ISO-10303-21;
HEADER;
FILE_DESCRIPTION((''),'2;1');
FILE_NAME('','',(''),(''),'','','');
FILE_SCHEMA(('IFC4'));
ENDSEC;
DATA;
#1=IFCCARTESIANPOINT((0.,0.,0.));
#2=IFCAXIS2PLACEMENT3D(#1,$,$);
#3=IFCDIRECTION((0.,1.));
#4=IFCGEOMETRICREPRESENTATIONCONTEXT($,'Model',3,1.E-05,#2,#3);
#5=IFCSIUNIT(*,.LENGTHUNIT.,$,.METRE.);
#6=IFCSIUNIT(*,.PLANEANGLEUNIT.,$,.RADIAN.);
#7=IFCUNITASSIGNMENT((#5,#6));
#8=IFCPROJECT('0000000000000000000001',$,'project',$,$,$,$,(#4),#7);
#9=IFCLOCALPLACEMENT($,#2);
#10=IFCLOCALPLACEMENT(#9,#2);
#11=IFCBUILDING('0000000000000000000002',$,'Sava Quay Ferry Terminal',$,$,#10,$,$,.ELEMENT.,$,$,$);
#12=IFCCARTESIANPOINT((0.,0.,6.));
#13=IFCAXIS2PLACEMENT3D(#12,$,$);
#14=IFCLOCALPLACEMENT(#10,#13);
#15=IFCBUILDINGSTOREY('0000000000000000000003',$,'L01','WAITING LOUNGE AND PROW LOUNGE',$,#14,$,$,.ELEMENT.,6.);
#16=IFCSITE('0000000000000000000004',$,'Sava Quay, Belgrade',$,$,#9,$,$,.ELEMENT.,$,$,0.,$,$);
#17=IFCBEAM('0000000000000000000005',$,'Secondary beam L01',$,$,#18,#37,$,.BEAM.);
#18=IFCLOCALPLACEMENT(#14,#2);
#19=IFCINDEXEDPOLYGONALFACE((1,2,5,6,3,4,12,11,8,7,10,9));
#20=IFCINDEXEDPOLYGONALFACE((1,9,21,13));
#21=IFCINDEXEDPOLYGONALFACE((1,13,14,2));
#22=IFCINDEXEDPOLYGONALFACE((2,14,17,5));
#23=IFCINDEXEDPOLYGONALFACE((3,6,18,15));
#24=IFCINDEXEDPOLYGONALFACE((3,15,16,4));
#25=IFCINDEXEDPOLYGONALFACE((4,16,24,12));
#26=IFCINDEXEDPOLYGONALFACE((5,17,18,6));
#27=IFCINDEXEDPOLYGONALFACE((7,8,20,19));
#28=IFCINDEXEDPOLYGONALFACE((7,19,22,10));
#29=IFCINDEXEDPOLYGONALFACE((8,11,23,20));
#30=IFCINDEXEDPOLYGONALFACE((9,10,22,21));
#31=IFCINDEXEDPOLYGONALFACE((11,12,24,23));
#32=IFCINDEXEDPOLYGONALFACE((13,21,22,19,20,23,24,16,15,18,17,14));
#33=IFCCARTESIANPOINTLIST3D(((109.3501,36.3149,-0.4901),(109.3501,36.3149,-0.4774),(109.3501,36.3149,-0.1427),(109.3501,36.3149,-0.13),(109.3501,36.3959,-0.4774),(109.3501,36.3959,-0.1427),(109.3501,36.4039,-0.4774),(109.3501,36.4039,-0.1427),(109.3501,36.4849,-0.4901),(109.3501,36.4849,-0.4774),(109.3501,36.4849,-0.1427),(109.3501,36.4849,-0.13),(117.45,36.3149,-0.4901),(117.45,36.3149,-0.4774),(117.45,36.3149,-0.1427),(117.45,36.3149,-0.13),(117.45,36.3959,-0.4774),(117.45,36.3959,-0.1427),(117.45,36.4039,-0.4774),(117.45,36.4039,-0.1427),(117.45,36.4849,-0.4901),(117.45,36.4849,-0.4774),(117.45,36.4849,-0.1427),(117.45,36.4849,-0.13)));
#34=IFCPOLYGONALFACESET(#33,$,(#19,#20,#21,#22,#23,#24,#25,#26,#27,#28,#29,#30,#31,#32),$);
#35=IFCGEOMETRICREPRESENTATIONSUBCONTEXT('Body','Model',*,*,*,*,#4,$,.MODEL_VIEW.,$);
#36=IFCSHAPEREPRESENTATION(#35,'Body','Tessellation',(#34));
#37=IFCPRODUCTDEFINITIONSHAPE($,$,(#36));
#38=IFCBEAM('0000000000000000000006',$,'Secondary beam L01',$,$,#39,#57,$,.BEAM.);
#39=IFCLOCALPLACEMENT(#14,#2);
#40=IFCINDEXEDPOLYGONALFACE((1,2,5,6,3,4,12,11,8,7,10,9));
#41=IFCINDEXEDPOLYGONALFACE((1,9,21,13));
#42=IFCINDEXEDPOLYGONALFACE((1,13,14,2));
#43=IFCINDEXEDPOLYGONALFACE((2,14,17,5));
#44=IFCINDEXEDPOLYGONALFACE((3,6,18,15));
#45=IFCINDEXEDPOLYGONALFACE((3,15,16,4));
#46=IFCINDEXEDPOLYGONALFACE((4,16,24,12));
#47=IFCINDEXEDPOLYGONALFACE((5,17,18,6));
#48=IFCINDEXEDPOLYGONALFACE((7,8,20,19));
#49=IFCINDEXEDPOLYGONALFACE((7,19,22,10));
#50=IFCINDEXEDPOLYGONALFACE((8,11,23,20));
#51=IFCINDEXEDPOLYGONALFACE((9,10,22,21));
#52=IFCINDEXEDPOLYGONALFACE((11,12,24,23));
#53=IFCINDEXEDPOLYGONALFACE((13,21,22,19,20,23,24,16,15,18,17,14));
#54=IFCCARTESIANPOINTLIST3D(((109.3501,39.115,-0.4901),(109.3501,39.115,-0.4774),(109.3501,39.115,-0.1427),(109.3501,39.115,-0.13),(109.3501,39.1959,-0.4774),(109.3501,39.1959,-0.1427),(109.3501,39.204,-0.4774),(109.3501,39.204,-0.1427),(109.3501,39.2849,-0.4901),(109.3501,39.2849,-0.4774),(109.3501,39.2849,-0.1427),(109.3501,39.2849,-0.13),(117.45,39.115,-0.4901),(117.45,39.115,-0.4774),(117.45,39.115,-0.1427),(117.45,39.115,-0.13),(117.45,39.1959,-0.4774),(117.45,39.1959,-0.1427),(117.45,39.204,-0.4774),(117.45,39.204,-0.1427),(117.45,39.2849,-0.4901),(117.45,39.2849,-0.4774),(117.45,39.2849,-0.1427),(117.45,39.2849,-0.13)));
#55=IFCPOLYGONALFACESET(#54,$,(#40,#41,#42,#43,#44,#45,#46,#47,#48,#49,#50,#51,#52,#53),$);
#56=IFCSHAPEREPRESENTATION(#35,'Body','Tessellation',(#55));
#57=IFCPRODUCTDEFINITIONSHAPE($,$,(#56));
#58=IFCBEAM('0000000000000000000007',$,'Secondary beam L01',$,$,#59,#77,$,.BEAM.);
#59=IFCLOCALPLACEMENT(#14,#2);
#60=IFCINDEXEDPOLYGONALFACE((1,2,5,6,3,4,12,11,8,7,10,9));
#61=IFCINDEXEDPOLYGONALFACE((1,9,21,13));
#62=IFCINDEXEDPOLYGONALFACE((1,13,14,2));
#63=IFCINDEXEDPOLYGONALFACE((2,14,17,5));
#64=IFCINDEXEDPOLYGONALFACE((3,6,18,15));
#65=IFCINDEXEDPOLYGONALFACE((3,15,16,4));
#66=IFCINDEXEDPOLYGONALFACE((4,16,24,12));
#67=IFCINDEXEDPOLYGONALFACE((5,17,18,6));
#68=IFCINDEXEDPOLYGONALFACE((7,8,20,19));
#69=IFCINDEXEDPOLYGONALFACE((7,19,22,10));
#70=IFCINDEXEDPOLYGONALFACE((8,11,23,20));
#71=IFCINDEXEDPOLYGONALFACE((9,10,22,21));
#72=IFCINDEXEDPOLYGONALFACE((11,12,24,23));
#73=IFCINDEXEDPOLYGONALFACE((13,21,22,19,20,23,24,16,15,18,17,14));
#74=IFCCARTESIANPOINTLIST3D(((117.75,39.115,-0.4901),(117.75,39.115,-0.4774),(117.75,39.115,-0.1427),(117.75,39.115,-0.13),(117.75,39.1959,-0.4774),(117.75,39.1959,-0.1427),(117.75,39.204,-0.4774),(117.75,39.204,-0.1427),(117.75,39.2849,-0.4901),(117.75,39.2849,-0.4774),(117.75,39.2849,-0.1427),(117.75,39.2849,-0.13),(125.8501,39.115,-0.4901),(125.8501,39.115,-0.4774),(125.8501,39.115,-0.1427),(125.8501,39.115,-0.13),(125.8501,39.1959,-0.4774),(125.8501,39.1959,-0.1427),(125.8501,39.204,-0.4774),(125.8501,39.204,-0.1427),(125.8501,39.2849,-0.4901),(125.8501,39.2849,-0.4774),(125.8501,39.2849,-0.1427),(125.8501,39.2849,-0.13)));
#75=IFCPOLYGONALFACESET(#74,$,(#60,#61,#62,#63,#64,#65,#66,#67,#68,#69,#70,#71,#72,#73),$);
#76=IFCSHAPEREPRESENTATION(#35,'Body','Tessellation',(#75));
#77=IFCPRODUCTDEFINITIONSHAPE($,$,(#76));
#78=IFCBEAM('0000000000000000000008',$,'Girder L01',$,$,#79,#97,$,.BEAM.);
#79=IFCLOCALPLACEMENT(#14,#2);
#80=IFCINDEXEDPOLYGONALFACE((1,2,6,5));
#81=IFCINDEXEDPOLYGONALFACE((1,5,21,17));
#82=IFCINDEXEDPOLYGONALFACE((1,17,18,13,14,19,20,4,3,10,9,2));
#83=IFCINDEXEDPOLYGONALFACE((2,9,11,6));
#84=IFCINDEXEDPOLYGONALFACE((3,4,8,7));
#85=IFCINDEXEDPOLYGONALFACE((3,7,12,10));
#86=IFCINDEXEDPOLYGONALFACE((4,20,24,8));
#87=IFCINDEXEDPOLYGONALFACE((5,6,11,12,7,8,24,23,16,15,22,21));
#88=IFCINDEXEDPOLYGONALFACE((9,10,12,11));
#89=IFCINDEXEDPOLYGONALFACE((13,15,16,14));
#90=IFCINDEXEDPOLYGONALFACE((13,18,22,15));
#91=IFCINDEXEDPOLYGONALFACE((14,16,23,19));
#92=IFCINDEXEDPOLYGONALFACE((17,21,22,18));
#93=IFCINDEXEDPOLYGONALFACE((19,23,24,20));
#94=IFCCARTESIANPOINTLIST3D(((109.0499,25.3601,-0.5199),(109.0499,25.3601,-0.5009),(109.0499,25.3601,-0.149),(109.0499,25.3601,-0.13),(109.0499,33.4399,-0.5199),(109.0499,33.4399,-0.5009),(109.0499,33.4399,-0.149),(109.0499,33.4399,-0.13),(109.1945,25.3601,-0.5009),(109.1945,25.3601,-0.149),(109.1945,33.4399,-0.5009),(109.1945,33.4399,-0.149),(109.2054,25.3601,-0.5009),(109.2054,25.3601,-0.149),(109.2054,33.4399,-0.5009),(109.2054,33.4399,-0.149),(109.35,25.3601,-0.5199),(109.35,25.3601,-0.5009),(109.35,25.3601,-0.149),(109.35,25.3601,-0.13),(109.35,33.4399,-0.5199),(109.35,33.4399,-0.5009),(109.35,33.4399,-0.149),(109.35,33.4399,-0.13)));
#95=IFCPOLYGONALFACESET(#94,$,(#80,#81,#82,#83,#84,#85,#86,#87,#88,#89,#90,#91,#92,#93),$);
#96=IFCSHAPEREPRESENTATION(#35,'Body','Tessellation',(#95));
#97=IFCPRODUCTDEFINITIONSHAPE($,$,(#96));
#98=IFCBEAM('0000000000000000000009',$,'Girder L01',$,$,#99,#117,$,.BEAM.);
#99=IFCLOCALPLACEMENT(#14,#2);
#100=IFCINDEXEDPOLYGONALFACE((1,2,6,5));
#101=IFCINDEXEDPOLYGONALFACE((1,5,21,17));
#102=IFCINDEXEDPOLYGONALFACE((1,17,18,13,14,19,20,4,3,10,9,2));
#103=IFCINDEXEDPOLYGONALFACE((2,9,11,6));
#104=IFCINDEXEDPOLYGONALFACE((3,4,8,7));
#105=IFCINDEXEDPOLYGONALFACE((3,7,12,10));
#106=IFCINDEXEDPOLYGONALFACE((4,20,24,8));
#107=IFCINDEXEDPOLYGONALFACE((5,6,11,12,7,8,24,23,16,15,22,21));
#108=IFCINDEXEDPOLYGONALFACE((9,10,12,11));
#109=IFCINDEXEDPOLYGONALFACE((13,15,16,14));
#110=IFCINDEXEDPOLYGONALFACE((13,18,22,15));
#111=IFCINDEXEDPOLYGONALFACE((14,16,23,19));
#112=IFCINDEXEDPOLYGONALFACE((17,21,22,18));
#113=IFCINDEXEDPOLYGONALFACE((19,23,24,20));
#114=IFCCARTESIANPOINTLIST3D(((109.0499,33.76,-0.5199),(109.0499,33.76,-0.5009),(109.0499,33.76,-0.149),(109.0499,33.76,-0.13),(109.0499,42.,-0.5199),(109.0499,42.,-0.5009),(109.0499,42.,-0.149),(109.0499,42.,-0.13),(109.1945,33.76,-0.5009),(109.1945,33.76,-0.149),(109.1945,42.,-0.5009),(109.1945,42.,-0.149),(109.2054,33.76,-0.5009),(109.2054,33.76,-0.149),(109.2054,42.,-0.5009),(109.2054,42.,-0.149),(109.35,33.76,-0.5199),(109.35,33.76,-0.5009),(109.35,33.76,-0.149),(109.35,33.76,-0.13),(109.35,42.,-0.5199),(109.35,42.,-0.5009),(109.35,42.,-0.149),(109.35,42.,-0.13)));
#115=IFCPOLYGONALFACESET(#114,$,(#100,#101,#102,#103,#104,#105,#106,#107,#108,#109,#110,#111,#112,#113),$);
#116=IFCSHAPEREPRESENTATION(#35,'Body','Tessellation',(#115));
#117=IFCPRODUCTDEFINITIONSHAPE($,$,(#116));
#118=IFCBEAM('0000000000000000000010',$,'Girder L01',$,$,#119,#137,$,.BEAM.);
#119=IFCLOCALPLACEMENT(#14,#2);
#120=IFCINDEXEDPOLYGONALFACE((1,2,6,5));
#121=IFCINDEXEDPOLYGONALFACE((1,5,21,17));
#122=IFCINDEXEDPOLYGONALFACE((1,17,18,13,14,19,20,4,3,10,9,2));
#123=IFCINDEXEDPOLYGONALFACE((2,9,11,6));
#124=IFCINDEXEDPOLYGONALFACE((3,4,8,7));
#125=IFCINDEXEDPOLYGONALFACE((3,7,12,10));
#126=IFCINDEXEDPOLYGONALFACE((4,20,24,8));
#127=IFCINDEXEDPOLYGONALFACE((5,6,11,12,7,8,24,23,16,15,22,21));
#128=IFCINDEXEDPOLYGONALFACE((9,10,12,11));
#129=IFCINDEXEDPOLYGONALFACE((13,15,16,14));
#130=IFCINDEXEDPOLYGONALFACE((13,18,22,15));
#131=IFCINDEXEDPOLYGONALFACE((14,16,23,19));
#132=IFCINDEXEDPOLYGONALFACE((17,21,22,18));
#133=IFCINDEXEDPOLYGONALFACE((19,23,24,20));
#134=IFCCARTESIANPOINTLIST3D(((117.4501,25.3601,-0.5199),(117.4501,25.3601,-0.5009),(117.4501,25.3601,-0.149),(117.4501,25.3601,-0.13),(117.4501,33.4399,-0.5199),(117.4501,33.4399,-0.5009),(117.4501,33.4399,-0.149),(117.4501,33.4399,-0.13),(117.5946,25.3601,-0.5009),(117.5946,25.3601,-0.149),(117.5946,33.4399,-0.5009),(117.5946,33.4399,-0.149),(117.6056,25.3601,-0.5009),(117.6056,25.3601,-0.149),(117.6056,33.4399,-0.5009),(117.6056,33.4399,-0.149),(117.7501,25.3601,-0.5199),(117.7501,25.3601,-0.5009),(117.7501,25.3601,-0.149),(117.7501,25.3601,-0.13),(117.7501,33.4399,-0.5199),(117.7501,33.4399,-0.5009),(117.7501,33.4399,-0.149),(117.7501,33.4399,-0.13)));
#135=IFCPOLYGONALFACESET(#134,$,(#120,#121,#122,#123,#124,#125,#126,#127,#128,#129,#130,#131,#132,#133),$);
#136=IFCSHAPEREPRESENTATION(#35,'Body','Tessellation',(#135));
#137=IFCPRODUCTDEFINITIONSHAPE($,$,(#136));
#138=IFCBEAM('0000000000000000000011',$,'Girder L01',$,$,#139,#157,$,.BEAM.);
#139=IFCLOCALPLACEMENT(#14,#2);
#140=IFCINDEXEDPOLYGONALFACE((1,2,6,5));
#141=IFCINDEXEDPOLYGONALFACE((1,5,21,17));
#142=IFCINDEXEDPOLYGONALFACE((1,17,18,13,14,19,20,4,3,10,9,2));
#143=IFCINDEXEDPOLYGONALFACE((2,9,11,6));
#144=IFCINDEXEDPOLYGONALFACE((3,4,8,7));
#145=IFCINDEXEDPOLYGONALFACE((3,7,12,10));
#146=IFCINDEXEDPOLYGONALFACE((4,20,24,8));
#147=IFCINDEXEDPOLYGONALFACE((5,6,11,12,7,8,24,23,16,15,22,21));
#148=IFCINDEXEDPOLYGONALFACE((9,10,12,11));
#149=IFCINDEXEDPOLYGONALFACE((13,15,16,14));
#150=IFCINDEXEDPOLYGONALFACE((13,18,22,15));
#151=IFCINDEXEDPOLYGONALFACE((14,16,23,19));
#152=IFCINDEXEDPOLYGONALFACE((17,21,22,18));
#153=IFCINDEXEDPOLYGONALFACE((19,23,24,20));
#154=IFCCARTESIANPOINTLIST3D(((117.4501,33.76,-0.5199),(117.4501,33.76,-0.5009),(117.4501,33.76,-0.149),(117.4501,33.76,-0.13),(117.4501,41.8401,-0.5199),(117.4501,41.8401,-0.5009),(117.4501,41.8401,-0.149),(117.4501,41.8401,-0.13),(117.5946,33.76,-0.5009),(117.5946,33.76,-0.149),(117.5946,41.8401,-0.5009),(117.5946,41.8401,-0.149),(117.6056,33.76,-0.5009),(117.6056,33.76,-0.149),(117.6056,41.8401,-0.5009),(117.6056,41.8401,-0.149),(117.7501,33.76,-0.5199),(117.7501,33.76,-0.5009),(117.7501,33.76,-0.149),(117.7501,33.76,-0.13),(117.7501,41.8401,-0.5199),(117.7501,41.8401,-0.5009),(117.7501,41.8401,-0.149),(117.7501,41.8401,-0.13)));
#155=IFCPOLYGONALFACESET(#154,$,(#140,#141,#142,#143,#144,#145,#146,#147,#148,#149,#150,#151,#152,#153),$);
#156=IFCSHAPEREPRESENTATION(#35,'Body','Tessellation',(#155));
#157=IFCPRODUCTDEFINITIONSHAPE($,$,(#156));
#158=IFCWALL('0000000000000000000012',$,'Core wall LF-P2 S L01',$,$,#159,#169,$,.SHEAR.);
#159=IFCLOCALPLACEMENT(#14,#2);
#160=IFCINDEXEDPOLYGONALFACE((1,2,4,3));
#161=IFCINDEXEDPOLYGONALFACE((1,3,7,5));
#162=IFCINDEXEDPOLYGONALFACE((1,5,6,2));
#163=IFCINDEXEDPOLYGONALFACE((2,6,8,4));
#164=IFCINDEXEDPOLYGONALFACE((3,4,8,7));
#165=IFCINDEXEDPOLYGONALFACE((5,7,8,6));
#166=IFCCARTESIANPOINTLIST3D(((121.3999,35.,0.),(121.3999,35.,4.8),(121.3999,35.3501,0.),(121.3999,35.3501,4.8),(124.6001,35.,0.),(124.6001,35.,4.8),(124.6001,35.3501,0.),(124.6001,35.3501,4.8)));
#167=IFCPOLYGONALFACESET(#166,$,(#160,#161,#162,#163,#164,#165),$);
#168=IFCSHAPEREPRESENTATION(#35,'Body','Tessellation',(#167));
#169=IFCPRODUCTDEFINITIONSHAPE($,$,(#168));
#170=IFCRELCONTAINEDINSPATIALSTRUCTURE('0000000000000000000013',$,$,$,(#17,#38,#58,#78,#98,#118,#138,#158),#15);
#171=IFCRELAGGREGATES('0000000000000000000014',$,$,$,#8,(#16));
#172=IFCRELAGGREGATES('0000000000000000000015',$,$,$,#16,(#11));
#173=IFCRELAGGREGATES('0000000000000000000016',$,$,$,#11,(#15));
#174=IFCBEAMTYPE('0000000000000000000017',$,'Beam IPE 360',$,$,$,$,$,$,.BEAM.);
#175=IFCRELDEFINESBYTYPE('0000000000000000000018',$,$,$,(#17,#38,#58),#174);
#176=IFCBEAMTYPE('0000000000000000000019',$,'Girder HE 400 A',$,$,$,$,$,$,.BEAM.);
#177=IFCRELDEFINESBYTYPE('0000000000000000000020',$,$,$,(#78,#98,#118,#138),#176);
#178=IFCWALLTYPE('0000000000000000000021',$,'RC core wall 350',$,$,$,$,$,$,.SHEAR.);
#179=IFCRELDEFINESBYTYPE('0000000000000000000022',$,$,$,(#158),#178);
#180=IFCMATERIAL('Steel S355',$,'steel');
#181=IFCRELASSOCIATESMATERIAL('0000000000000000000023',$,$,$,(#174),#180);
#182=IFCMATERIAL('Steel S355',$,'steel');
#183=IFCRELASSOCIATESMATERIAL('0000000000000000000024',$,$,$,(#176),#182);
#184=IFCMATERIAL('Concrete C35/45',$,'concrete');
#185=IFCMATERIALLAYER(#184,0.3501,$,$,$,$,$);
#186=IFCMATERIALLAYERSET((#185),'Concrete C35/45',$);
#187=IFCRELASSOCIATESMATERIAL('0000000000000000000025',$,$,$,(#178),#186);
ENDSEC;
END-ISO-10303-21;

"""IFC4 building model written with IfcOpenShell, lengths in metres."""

from ifc_helpers import new_model, si_unit, direction, frame, frame_2d, origin, origin_2d, place, context, subcontext, project, spatial, rectangle, i_section, extrude, material, layer, layer_set, material_profile, profile_set, type_object, element, save


model = new_model("IFC4")

# Units and contexts
model_context = context("Model", 3, precision=1e-05, world=origin(), true_north=direction((0.0, 1.0)))
body_context = subcontext(model_context, "Body", "Model", "MODEL_VIEW")
ifc_project = project(units=[si_unit("LENGTHUNIT", "METRE"), si_unit("PLANEANGLEUNIT", "RADIAN")], contexts=[model_context])

# Site, building, storey
site_placement = place(None, origin())
site = spatial("IfcSite", under=ifc_project, at=site_placement, Name="Sava Quay, Belgrade", CompositionType="ELEMENT", RefElevation=0.0)
building_placement = place(site_placement, origin())
building = spatial("IfcBuilding", under=site, at=building_placement, Name="Sava Quay Ferry Terminal", CompositionType="ELEMENT")
storey_placement = place(building_placement, frame((0.0, 0.0, 6.0)))
storey = spatial("IfcBuildingStorey", under=building, at=storey_placement, Name="L01", Description="WAITING LOUNGE AND PROW LOUNGE", CompositionType="ELEMENT", Elevation=6.0)

# Beams
ifc_material_1 = material(Name="Steel S355", Category="steel")
ifc_material_profile_1 = material_profile(ifc_material_1, i_section(OverallWidth=0.1699, OverallDepth=0.3601, WebThickness=0.0081, FlangeThickness=0.0127, at=origin_2d()), Name="IPE 360")
ifc_profile_set_1 = profile_set([ifc_material_profile_1], Name="Steel S355")
beam_type_1 = type_object("IfcBeamType", Name="Beam IPE 360", PredefinedType="BEAM", material=ifc_profile_set_1)
for number, where, z_axis, x_axis, name in (
    (1, (109.3501, 36.3999, -0.3101), (1.0, 0.0, 0.0), (0.0, 1.0, 0.0), "Secondary beam L01"),
    (2, (109.3501, 39.2, -0.3101), (1.0, 0.0, 0.0), (0.0, 1.0, 0.0), "Secondary beam L01"),
):
    element("IfcBeam", number, at=place(storey_placement, frame(where, z_axis=z_axis, x_axis=x_axis)), inside=storey, type_object=beam_type_1, Name=name, PredefinedType="BEAM", context=body_context, shape_type="SweptSolid", body=[
        extrude(i_section(OverallWidth=0.1699, OverallDepth=0.3601, WebThickness=0.0081, FlangeThickness=0.0127, at=origin_2d()), origin(), (0.0, 0.0, 1.0), 8.0999),
    ])
beam_1_placement = place(storey_placement, frame((117.75, 39.2, -0.3101), z_axis=(1.0, 0.0, 0.0), x_axis=(0.0, 1.0, 0.0)))
element("IfcBeam", 3, at=beam_1_placement, inside=storey, type_object=beam_type_1, Name="Secondary beam L01", PredefinedType="BEAM", context=body_context, shape_type="SweptSolid", body=[
    extrude(i_section(OverallWidth=0.1699, OverallDepth=0.3601, WebThickness=0.0081, FlangeThickness=0.0127, at=origin_2d()), origin(), (0.0, 0.0, 1.0), 8.1001),
])
ifc_material_2 = material(Name="Steel S355", Category="steel")
ifc_material_profile_2 = material_profile(ifc_material_2, i_section(OverallWidth=0.3, OverallDepth=0.3899, WebThickness=0.011, FlangeThickness=0.019, at=origin_2d()), Name="HE 400 A")
ifc_profile_set_2 = profile_set([ifc_material_profile_2], Name="Steel S355")
beam_type_2 = type_object("IfcBeamType", Name="Girder HE 400 A", PredefinedType="BEAM", material=ifc_profile_set_2)
beam_2_placement = place(storey_placement, frame((109.2, 25.3601, -0.325), z_axis=(0.0, 1.0, 0.0), x_axis=(-1.0, 0.0, 0.0)))
element("IfcBeam", 4, at=beam_2_placement, inside=storey, type_object=beam_type_2, Name="Girder L01", PredefinedType="BEAM", context=body_context, shape_type="SweptSolid", body=[
    extrude(i_section(OverallWidth=0.3, OverallDepth=0.3899, WebThickness=0.011, FlangeThickness=0.019, at=origin_2d()), origin(), (0.0, 0.0, 1.0), 8.0798),
])
beam_3_placement = place(storey_placement, frame((109.2, 33.76, -0.325), z_axis=(0.0, 1.0, 0.0), x_axis=(-1.0, 0.0, 0.0)))
element("IfcBeam", 5, at=beam_3_placement, inside=storey, type_object=beam_type_2, Name="Girder L01", PredefinedType="BEAM", context=body_context, shape_type="SweptSolid", body=[
    extrude(i_section(OverallWidth=0.3, OverallDepth=0.3899, WebThickness=0.011, FlangeThickness=0.019, at=origin_2d()), origin(), (0.0, 0.0, 1.0), 8.24),
])
beam_4_placement = place(storey_placement, frame((117.6001, 25.3601, -0.325), z_axis=(0.0, 1.0, 0.0), x_axis=(-1.0, 0.0, 0.0)))
element("IfcBeam", 6, at=beam_4_placement, inside=storey, type_object=beam_type_2, Name="Girder L01", PredefinedType="BEAM", context=body_context, shape_type="SweptSolid", body=[
    extrude(i_section(OverallWidth=0.3, OverallDepth=0.3899, WebThickness=0.011, FlangeThickness=0.019, at=origin_2d()), origin(), (0.0, 0.0, 1.0), 8.0798),
])
beam_5_placement = place(storey_placement, frame((117.6001, 33.76, -0.325), z_axis=(0.0, 1.0, 0.0), x_axis=(-1.0, 0.0, 0.0)))
element("IfcBeam", 7, at=beam_5_placement, inside=storey, type_object=beam_type_2, Name="Girder L01", PredefinedType="BEAM", context=body_context, shape_type="SweptSolid", body=[
    extrude(i_section(OverallWidth=0.3, OverallDepth=0.3899, WebThickness=0.011, FlangeThickness=0.019, at=origin_2d()), origin(), (0.0, 0.0, 1.0), 8.0801),
])

# Wall
ifc_material_3 = material(Name="Concrete C35/45", Category="concrete")
ifc_layer_1 = layer(ifc_material_3, 0.3501)
ifc_layer_set_1 = layer_set([ifc_layer_1], Name="Concrete C35/45")
wall_type_1 = type_object("IfcWallType", Name="RC core wall 350", PredefinedType="SHEAR", material=ifc_layer_set_1)
wall_1_placement = place(storey_placement, frame((121.3999, 35.175, 0.0), z_axis=(0.0, 0.0, 1.0), x_axis=(1.0, 0.0, 0.0)))
element("IfcWall", 8, at=wall_1_placement, inside=storey, type_object=wall_type_1, Name="Core wall LF-P2 S L01", PredefinedType="SHEAR", context=body_context, shape_type="SweptSolid", body=[
    extrude(rectangle(XDim=3.2002, YDim=0.3501, at=frame_2d((1.6001, 0.0))), origin(), (0.0, 0.0, 1.0), 4.8),
])

save(model, "model.ifc")
